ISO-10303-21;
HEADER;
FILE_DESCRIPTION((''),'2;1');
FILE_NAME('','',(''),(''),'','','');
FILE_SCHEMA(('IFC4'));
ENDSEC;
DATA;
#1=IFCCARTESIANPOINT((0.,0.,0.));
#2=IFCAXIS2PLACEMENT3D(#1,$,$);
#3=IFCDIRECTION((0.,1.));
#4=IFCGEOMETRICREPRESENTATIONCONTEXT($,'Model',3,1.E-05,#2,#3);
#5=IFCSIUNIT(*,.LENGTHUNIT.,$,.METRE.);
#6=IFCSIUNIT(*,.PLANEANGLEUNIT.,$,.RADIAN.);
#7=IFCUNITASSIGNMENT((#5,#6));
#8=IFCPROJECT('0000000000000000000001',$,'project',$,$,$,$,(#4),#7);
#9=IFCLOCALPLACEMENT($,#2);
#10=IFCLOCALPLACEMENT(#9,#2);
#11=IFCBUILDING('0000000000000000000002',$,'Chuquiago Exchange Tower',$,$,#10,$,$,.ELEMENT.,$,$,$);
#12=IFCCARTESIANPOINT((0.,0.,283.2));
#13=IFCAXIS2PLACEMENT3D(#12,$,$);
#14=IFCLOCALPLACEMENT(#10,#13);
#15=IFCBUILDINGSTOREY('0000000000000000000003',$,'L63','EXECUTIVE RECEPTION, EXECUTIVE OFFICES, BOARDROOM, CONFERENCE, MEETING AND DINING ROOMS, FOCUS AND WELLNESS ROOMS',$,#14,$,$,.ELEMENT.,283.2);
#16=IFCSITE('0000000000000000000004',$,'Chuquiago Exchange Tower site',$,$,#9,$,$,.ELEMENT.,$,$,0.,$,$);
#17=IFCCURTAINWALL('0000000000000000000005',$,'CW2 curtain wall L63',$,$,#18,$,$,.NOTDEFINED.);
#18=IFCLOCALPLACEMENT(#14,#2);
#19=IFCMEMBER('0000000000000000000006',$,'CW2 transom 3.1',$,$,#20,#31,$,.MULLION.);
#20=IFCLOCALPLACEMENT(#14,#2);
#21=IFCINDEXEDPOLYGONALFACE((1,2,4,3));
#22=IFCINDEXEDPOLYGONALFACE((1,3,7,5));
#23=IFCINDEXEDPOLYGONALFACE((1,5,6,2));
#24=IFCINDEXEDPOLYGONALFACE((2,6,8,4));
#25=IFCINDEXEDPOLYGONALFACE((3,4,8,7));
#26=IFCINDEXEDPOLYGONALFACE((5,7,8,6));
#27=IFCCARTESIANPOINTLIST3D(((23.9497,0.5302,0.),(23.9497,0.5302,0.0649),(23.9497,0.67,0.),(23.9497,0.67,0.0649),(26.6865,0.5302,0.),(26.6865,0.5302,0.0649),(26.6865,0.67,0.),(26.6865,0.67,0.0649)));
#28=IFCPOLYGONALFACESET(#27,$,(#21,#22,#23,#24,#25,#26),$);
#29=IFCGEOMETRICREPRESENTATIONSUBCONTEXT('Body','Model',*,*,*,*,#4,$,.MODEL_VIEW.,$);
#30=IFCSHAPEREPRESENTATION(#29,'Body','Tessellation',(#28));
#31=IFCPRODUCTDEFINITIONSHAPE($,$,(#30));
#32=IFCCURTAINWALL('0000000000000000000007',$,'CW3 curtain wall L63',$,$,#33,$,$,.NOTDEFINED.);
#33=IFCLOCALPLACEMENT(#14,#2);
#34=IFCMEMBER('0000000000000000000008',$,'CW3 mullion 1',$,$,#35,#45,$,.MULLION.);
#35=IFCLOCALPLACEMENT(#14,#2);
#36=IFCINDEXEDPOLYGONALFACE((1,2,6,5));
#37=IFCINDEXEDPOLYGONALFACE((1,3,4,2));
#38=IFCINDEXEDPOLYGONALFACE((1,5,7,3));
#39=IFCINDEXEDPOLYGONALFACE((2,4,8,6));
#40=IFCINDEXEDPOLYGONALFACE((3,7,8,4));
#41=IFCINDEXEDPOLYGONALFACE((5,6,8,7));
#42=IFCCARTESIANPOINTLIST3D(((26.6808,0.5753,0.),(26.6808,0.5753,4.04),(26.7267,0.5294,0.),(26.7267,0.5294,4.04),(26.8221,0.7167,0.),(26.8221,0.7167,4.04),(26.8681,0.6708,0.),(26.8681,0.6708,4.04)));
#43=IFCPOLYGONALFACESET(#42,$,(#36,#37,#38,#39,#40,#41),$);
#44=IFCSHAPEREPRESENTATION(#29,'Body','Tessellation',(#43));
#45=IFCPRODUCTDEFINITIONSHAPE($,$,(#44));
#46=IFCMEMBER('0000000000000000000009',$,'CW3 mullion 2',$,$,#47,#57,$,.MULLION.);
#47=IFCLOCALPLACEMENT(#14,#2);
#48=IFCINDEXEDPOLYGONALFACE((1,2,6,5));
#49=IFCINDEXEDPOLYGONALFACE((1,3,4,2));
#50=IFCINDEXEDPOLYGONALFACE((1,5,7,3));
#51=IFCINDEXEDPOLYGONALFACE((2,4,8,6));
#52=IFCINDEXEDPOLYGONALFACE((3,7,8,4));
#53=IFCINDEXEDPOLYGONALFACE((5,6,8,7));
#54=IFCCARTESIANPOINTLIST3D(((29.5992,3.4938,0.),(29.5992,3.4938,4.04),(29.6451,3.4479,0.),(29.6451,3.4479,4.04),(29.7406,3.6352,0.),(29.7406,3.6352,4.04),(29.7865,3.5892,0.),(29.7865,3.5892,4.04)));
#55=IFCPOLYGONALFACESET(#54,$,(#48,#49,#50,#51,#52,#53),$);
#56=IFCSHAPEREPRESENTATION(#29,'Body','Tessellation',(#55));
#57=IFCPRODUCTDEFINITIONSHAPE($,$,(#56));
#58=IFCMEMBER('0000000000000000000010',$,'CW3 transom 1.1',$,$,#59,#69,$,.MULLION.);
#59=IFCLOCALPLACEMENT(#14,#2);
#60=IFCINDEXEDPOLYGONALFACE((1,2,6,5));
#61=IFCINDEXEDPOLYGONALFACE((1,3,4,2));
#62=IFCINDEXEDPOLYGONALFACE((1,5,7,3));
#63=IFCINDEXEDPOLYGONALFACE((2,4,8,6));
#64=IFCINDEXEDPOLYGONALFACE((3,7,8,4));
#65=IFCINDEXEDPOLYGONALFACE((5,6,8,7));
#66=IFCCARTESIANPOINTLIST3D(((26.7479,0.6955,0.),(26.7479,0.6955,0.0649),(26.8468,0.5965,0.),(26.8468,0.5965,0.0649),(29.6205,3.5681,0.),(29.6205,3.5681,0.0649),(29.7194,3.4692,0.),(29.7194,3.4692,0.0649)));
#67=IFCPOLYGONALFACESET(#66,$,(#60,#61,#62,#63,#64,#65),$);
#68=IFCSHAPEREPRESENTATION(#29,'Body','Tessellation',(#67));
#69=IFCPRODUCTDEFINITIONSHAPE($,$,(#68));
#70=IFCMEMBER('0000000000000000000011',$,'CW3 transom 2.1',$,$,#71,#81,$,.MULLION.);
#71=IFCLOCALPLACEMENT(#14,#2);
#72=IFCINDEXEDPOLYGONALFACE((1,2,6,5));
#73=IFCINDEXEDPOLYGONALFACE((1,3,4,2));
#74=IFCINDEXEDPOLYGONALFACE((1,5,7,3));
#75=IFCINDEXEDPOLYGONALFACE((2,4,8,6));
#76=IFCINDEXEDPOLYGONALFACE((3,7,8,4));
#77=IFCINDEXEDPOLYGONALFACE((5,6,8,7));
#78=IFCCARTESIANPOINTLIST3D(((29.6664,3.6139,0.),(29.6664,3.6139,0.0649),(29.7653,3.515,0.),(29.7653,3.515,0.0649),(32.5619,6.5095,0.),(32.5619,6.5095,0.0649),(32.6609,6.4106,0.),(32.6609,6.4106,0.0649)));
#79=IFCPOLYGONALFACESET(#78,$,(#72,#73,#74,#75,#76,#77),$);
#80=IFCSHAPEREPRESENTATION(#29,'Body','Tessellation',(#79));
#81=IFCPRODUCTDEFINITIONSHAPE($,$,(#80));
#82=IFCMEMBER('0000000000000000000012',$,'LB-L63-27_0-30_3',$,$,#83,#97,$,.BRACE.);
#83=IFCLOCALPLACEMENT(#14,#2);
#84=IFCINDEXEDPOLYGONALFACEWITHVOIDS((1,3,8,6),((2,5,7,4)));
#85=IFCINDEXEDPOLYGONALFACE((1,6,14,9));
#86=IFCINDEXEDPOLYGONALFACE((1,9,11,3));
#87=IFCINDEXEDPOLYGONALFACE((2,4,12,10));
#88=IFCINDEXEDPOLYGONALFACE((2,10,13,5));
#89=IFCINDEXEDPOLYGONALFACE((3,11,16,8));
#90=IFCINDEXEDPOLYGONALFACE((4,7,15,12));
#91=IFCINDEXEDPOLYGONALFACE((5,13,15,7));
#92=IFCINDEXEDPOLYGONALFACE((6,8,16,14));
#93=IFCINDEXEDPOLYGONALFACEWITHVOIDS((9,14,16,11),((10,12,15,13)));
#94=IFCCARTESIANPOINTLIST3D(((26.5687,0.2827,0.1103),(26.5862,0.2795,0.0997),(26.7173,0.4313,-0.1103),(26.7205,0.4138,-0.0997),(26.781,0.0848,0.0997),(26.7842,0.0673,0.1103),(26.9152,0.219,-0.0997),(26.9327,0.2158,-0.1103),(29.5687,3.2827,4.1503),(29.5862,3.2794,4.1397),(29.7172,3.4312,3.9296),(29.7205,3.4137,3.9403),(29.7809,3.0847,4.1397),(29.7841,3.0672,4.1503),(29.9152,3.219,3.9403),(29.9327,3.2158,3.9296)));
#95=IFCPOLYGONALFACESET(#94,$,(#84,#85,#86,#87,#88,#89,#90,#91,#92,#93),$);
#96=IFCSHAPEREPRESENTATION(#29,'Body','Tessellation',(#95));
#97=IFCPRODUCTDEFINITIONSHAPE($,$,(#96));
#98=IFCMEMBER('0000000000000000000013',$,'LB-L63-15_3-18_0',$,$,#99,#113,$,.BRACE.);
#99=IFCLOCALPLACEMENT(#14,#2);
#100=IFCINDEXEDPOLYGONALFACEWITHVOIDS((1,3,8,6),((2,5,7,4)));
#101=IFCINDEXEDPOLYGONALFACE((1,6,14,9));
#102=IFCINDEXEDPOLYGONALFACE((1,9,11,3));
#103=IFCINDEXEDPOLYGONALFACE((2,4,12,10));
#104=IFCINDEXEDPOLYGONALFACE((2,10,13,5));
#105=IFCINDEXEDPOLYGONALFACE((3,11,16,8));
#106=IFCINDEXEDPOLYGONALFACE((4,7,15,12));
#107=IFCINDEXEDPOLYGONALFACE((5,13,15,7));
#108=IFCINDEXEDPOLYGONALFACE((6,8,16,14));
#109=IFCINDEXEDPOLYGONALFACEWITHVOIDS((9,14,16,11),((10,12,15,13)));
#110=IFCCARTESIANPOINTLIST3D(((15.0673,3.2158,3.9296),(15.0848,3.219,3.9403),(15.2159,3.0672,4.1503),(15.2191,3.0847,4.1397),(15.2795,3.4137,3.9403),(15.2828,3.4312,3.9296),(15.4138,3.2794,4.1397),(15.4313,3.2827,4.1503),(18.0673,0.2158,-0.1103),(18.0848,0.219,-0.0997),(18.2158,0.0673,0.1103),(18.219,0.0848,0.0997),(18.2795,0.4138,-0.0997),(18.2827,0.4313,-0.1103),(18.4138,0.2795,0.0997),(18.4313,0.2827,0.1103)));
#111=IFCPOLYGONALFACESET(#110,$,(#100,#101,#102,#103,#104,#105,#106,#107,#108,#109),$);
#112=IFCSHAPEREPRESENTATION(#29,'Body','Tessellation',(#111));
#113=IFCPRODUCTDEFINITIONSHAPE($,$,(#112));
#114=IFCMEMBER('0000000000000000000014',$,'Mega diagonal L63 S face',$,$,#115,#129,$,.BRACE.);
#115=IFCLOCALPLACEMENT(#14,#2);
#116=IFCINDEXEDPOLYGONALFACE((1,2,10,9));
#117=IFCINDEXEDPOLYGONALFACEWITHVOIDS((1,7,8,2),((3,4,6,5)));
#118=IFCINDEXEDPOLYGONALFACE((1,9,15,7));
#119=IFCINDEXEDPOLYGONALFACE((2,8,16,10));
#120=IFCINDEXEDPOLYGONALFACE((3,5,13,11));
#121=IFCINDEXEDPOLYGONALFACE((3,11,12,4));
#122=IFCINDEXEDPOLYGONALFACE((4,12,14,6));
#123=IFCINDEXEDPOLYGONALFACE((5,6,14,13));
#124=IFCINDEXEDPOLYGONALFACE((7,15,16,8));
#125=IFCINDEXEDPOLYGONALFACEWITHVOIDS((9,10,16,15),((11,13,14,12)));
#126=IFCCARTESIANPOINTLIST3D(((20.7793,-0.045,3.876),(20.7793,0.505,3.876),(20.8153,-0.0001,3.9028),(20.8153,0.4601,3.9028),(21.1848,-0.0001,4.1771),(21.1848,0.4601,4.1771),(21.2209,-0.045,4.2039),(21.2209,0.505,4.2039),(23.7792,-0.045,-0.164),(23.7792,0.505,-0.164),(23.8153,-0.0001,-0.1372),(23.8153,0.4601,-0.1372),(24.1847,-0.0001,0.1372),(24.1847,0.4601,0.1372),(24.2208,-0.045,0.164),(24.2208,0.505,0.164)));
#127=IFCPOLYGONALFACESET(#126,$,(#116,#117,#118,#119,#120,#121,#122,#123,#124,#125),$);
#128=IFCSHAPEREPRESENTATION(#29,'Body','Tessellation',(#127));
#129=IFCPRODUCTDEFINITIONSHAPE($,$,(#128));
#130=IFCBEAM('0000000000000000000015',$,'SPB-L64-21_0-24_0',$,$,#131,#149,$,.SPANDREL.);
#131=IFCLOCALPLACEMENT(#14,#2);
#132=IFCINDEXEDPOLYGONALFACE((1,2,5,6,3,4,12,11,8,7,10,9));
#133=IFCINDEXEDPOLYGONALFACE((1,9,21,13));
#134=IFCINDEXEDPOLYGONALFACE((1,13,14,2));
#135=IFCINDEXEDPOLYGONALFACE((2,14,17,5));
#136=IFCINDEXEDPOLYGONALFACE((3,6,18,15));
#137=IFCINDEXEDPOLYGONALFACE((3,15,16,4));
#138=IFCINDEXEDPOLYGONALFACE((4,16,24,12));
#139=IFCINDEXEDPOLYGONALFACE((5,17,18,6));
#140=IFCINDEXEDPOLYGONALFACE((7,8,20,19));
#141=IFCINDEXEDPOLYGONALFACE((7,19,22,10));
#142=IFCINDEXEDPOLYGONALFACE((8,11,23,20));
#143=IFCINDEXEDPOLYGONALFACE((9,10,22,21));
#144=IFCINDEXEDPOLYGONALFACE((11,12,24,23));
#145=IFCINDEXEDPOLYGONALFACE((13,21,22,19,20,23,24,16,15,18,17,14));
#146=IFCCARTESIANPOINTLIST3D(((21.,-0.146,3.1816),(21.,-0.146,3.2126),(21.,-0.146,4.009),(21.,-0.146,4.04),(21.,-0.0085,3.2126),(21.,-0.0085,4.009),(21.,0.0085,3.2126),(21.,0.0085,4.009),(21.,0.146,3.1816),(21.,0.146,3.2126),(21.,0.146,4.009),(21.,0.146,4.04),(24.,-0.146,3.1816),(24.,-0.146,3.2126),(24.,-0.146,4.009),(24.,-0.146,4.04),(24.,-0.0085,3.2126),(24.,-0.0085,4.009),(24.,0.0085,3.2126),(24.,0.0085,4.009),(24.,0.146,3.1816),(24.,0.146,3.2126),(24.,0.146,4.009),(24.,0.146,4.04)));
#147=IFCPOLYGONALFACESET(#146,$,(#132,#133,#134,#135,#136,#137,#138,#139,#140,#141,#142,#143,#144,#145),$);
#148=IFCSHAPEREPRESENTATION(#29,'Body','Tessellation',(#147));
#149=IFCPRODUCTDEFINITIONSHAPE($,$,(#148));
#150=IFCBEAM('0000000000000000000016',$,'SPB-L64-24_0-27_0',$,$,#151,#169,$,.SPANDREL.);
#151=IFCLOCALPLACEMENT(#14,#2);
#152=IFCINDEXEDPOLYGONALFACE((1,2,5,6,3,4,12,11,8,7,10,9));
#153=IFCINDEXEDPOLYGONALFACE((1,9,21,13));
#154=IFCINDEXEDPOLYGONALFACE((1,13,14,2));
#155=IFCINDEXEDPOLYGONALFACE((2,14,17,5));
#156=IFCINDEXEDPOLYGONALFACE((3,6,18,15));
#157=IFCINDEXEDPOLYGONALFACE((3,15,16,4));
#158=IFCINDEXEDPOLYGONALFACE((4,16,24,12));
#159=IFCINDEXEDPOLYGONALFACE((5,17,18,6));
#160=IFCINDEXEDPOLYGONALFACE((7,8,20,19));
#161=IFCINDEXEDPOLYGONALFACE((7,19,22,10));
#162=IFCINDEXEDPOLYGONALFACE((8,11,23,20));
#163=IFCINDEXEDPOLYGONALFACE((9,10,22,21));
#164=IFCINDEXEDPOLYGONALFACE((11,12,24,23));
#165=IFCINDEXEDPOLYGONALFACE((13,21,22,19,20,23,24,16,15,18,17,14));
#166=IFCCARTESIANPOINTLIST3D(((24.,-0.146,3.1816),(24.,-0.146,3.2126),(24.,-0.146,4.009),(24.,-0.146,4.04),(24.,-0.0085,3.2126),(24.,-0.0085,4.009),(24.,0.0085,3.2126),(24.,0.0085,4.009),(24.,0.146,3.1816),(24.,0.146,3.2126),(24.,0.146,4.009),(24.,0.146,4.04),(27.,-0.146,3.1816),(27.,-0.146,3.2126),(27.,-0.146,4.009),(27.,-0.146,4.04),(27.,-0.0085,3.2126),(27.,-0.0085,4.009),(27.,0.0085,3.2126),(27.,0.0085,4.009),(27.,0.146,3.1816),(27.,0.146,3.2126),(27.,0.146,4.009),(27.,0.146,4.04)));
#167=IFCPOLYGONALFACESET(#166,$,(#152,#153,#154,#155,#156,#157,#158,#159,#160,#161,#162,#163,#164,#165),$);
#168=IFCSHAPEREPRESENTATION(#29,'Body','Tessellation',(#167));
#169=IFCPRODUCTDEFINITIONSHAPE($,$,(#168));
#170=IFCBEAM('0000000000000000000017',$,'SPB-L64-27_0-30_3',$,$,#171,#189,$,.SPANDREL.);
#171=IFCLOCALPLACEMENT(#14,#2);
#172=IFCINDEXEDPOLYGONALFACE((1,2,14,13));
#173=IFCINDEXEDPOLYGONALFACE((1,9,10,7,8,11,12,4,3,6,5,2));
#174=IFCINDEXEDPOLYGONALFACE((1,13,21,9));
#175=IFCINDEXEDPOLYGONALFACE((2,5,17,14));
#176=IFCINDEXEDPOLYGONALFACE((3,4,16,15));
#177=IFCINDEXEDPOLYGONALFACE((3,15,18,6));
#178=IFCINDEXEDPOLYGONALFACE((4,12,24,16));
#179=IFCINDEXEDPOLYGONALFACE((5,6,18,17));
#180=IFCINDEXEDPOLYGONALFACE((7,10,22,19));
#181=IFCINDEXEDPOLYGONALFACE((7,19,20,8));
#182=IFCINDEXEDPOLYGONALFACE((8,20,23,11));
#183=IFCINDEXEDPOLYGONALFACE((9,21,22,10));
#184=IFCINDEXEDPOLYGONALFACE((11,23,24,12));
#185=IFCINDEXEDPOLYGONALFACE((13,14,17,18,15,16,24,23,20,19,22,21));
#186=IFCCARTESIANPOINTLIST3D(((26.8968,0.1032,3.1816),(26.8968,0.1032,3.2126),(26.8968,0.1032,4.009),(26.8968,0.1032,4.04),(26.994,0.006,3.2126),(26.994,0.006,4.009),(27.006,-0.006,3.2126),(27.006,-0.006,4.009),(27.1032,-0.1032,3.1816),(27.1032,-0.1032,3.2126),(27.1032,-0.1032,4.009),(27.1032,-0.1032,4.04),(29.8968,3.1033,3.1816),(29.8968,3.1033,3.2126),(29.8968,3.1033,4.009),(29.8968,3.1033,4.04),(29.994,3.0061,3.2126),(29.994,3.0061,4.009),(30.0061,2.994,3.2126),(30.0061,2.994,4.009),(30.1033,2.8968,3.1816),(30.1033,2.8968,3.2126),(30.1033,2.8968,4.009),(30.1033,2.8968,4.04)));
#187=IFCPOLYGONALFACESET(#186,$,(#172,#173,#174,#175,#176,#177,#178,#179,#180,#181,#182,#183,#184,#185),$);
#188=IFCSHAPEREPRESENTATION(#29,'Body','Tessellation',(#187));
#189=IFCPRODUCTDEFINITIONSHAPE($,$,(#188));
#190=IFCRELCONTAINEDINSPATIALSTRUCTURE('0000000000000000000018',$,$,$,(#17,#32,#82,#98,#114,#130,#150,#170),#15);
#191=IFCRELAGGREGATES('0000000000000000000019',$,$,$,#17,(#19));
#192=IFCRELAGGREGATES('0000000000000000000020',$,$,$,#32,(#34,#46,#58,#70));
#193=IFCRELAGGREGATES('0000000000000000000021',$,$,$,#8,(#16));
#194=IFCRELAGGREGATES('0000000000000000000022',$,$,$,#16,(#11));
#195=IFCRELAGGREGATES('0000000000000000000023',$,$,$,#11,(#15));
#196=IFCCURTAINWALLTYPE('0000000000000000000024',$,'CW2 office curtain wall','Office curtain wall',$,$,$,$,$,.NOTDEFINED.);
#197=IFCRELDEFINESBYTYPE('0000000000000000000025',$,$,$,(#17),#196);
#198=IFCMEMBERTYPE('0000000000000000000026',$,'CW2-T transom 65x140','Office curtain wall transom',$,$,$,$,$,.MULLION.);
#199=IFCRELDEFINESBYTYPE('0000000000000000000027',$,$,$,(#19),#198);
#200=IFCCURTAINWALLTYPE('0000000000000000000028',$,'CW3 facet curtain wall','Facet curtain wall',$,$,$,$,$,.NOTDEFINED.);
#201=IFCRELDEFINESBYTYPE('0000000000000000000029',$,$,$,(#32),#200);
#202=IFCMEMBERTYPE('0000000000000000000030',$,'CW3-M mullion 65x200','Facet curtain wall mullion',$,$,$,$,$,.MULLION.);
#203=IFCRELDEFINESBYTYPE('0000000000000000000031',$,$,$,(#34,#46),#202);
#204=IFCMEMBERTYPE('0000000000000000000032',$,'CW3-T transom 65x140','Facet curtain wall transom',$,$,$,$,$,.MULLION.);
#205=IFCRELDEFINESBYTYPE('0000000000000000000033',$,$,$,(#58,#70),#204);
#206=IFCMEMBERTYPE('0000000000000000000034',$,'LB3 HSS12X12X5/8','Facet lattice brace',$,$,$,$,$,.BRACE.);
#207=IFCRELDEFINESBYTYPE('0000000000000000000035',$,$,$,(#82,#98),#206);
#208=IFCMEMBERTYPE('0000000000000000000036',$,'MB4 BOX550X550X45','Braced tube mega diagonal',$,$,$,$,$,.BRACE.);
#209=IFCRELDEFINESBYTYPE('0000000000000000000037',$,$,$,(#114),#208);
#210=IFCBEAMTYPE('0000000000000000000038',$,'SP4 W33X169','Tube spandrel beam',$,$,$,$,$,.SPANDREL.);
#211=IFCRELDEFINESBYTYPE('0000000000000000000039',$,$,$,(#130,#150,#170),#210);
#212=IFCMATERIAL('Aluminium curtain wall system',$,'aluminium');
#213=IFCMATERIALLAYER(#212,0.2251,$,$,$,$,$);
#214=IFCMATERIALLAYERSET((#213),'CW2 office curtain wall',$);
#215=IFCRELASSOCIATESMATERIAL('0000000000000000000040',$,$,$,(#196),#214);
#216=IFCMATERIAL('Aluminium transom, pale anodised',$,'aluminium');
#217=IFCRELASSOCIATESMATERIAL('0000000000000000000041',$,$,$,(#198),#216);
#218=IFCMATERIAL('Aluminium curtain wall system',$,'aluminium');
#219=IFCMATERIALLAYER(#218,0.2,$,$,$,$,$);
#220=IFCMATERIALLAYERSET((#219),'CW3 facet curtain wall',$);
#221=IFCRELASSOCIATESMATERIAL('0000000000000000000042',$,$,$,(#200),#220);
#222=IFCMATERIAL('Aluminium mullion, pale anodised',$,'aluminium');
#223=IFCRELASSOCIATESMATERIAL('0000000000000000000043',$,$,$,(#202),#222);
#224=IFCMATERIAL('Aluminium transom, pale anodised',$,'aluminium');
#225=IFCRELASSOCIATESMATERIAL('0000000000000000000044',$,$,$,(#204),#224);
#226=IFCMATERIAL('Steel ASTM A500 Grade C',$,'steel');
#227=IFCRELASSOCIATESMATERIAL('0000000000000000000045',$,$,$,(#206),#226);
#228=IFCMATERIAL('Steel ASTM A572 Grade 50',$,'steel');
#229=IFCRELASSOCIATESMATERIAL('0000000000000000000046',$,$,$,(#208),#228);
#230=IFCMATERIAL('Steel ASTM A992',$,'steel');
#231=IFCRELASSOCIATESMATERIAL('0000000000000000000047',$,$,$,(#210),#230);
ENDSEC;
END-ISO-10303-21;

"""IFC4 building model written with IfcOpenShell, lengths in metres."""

from ifc_helpers import new_model, si_unit, direction, frame, origin, origin_2d, place, context, subcontext, project, spatial, rectangle, hollow_rectangle, i_section, extrude, material, layer, layer_set, material_profile, profile_set, type_object, element, aggregate, save


model = new_model("IFC4")

# Units and contexts
model_context = context("Model", 3, precision=1e-05, world=origin(), true_north=direction((0.0, 1.0)))
body_context = subcontext(model_context, "Body", "Model", "MODEL_VIEW")
ifc_project = project(units=[si_unit("LENGTHUNIT", "METRE"), si_unit("PLANEANGLEUNIT", "RADIAN")], contexts=[model_context])

# Site, building, storey
site_placement = place(None, origin())
site = spatial("IfcSite", under=ifc_project, at=site_placement, Name="Chuquiago Exchange Tower site", CompositionType="ELEMENT", RefElevation=0.0)
building_placement = place(site_placement, origin())
building = spatial("IfcBuilding", under=site, at=building_placement, Name="Chuquiago Exchange Tower", CompositionType="ELEMENT")
storey_placement = place(building_placement, frame((0.0, 0.0, 283.2)))
storey = spatial("IfcBuildingStorey", under=building, at=storey_placement, Name="L63", Description="EXECUTIVE RECEPTION, EXECUTIVE OFFICES, BOARDROOM, CONFERENCE, MEETING AND DINING ROOMS, FOCUS AND WELLNESS ROOMS", CompositionType="ELEMENT", Elevation=283.2)

# Curtain walls, members
ifc_material_1 = material(Name="Aluminium curtain wall system", Category="aluminium")
ifc_layer_1 = layer(ifc_material_1, 0.2251)
ifc_layer_set_1 = layer_set([ifc_layer_1], Name="CW2 office curtain wall")
curtain_wall_type_1 = type_object("IfcCurtainWallType", Name="CW2 office curtain wall", Description="Office curtain wall", PredefinedType="NOTDEFINED", material=ifc_layer_set_1)
curtain_wall_1_placement = place(storey_placement, origin())
curtain_wall_1 = element("IfcCurtainWall", 1, at=curtain_wall_1_placement, inside=storey, type_object=curtain_wall_type_1, Name="CW2 curtain wall L63", PredefinedType="NOTDEFINED")
ifc_material_2 = material(Name="Aluminium transom, pale anodised", Category="aluminium")
ifc_material_profile_1 = material_profile(ifc_material_2, rectangle(XDim=0.1399, YDim=0.0649, at=origin_2d()), Name="AL 140x65")
ifc_profile_set_1 = profile_set([ifc_material_profile_1], Name="Aluminium transom, pale anodised")
member_type_1 = type_object("IfcMemberType", Name="CW2-T transom 65x140", Description="Office curtain wall transom", PredefinedType="MULLION", material=ifc_profile_set_1)
member_1_placement = place(storey_placement, frame((23.9497, 0.6001, 0.0325), z_axis=(1.0, 0.0, 0.0), x_axis=(0.0, 1.0, 0.0)))
member_1 = element("IfcMember", 2, at=member_1_placement, type_object=member_type_1, Name="CW2 transom 3.1", PredefinedType="MULLION", context=body_context, shape_type="SweptSolid", body=[
    extrude(rectangle(XDim=0.1399, YDim=0.0649, at=origin_2d()), origin(), (0.0, 0.0, 1.0), 2.7368),
])
ifc_material_3 = material(Name="Aluminium curtain wall system", Category="aluminium")
ifc_layer_2 = layer(ifc_material_3, 0.2)
ifc_layer_set_2 = layer_set([ifc_layer_2], Name="CW3 facet curtain wall")
curtain_wall_type_2 = type_object("IfcCurtainWallType", Name="CW3 facet curtain wall", Description="Facet curtain wall", PredefinedType="NOTDEFINED", material=ifc_layer_set_2)
curtain_wall_2_placement = place(storey_placement, origin())
curtain_wall_2 = element("IfcCurtainWall", 3, at=curtain_wall_2_placement, inside=storey, type_object=curtain_wall_type_2, Name="CW3 curtain wall L63", PredefinedType="NOTDEFINED")
ifc_material_4 = material(Name="Aluminium mullion, pale anodised", Category="aluminium")
ifc_material_profile_2 = material_profile(ifc_material_4, rectangle(XDim=0.0649, YDim=0.2, at=origin_2d()), Name="AL 65x200")
ifc_profile_set_2 = profile_set([ifc_material_profile_2], Name="Aluminium mullion, pale anodised")
member_type_2 = type_object("IfcMemberType", Name="CW3-M mullion 65x200", Description="Facet curtain wall mullion", PredefinedType="MULLION", material=ifc_profile_set_2)
member_2_placement = place(storey_placement, frame((26.7744, 0.623, 0.0), z_axis=(0.0, 0.0, 1.0), x_axis=(-0.707107, 0.707107, 0.0)))
member_2 = element("IfcMember", 4, at=member_2_placement, type_object=member_type_2, Name="CW3 mullion 1", PredefinedType="MULLION", context=body_context, shape_type="SweptSolid", body=[
    extrude(rectangle(XDim=0.0649, YDim=0.2, at=origin_2d()), origin(), (0.0, 0.0, 1.0), 4.04),
])
member_3_placement = place(storey_placement, frame((29.6929, 3.5415, 0.0), z_axis=(0.0, 0.0, 1.0), x_axis=(-0.707107, 0.707107, 0.0)))
member_3 = element("IfcMember", 5, at=member_3_placement, type_object=member_type_2, Name="CW3 mullion 2", PredefinedType="MULLION", context=body_context, shape_type="SweptSolid", body=[
    extrude(rectangle(XDim=0.0649, YDim=0.2, at=origin_2d()), origin(), (0.0, 0.0, 1.0), 4.04),
])
ifc_material_5 = material(Name="Aluminium transom, pale anodised", Category="aluminium")
ifc_material_profile_3 = material_profile(ifc_material_5, rectangle(XDim=0.1399, YDim=0.0649, at=origin_2d()), Name="AL 140x65")
ifc_profile_set_3 = profile_set([ifc_material_profile_3], Name="Aluminium transom, pale anodised")
member_type_3 = type_object("IfcMemberType", Name="CW3-T transom 65x140", Description="Facet curtain wall transom", PredefinedType="MULLION", material=ifc_profile_set_3)
member_4_placement = place(storey_placement, frame((26.7974, 0.646, 0.0325), z_axis=(0.707107, 0.707107, 0.0), x_axis=(-0.707107, 0.707107, 0.0)))
member_4 = element("IfcMember", 6, at=member_4_placement, type_object=member_type_3, Name="CW3 transom 1.1", PredefinedType="MULLION", context=body_context, shape_type="SweptSolid", body=[
    extrude(rectangle(XDim=0.1399, YDim=0.0649, at=origin_2d()), origin(), (0.0, 0.0, 1.0), 4.0625),
])
member_5_placement = place(storey_placement, frame((29.7158, 3.5645, 0.0325), z_axis=(0.707107, 0.707107, 0.0), x_axis=(-0.707107, 0.707107, 0.0)))
member_5 = element("IfcMember", 7, at=member_5_placement, type_object=member_type_3, Name="CW3 transom 2.1", PredefinedType="MULLION", context=body_context, shape_type="SweptSolid", body=[
    extrude(rectangle(XDim=0.1399, YDim=0.0649, at=origin_2d()), origin(), (0.0, 0.0, 1.0), 4.095),
])

# Members
ifc_material_6 = material(Name="Steel ASTM A500 Grade C", Category="steel")
ifc_material_profile_4 = material_profile(ifc_material_6, hollow_rectangle(XDim=0.3047, YDim=0.3047, WallThickness=0.0146, at=origin_2d()), Name="HSS12X12X5/8")
ifc_profile_set_4 = profile_set([ifc_material_profile_4], Name="Steel ASTM A500 Grade C")
member_type_4 = type_object("IfcMemberType", Name="LB3 HSS12X12X5/8", Description="Facet lattice brace", PredefinedType="BRACE", material=ifc_profile_set_4)
for number, where, z_axis, x_axis, name in (
    (8, (26.7507, 0.2493, 0.0), (0.512077, 0.512077, 0.689604), (-0.707107, 0.707107, 0.0), "LB-L63-27_0-30_3"),
    (9, (18.2493, 0.2493, 0.0), (-0.512077, 0.512077, 0.689604), (-0.707107, -0.707107, 0.0), "LB-L63-15_3-18_0"),
):
    element("IfcMember", number, at=place(storey_placement, frame(where, z_axis=z_axis, x_axis=x_axis)), inside=storey, type_object=member_type_4, Name=name, PredefinedType="BRACE", context=body_context, shape_type="SweptSolid", body=[
        extrude(hollow_rectangle(XDim=0.3047, YDim=0.3047, WallThickness=0.0146, at=origin_2d()), origin(), (0.0, 0.0, 1.0), 5.8584),
    ])
ifc_material_7 = material(Name="Steel ASTM A572 Grade 50", Category="steel")
ifc_material_profile_5 = material_profile(ifc_material_7, hollow_rectangle(XDim=0.55, YDim=0.55, WallThickness=0.0449, at=origin_2d()), Name="BOX550X550X45")
ifc_profile_set_5 = profile_set([ifc_material_profile_5], Name="Steel ASTM A572 Grade 50")
member_type_5 = type_object("IfcMemberType", Name="MB4 BOX550X550X45", Description="Braced tube mega diagonal", PredefinedType="BRACE", material=ifc_profile_set_5)
member_6_placement = place(storey_placement, frame((24.0, 0.23, 0.0), z_axis=(-0.596174, 0.0, 0.802855), x_axis=(0.0, -1.0, 0.0)))
element("IfcMember", 10, at=member_6_placement, inside=storey, type_object=member_type_5, Name="Mega diagonal L63 S face", PredefinedType="BRACE", context=body_context, shape_type="SweptSolid", body=[
    extrude(hollow_rectangle(XDim=0.55, YDim=0.55, WallThickness=0.0449, at=origin_2d()), origin(), (0.0, 0.0, 1.0), 5.032),
])

# Beams
ifc_material_8 = material(Name="Steel ASTM A992", Category="steel")
ifc_material_profile_6 = material_profile(ifc_material_8, i_section(OverallWidth=0.292, OverallDepth=0.8584, WebThickness=0.0171, FlangeThickness=0.031, at=origin_2d()), Name="W33X169")
ifc_profile_set_6 = profile_set([ifc_material_profile_6], Name="Steel ASTM A992")
beam_type_1 = type_object("IfcBeamType", Name="SP4 W33X169", Description="Tube spandrel beam", PredefinedType="SPANDREL", material=ifc_profile_set_6)
for number, where, z_axis, x_axis, name in (
    (11, (21.0, 0.0, 3.6108), (1.0, 0.0, 0.0), (0.0, 1.0, 0.0), "SPB-L64-21_0-24_0"),
    (12, (24.0, 0.0, 3.6108), (1.0, 0.0, 0.0), (0.0, 1.0, 0.0), "SPB-L64-24_0-27_0"),
):
    element("IfcBeam", number, at=place(storey_placement, frame(where, z_axis=z_axis, x_axis=x_axis)), inside=storey, type_object=beam_type_1, Name=name, PredefinedType="SPANDREL", context=body_context, shape_type="SweptSolid", body=[
        extrude(i_section(OverallWidth=0.292, OverallDepth=0.8584, WebThickness=0.0171, FlangeThickness=0.031, at=origin_2d()), origin(), (0.0, 0.0, 1.0), 3.0),
    ])
beam_1_placement = place(storey_placement, frame((27.0, 0.0, 3.6108), z_axis=(0.707107, 0.707107, 0.0), x_axis=(-0.707107, 0.707107, 0.0)))
element("IfcBeam", 13, at=beam_1_placement, inside=storey, type_object=beam_type_1, Name="SPB-L64-27_0-30_3", PredefinedType="SPANDREL", context=body_context, shape_type="SweptSolid", body=[
    extrude(i_section(OverallWidth=0.292, OverallDepth=0.8584, WebThickness=0.0171, FlangeThickness=0.031, at=origin_2d()), origin(), (0.0, 0.0, 1.0), 4.2427),
])

aggregate(curtain_wall_1, [member_1])
aggregate(curtain_wall_2, [member_2, member_3, member_4, member_5])

save(model, "model.ifc")
